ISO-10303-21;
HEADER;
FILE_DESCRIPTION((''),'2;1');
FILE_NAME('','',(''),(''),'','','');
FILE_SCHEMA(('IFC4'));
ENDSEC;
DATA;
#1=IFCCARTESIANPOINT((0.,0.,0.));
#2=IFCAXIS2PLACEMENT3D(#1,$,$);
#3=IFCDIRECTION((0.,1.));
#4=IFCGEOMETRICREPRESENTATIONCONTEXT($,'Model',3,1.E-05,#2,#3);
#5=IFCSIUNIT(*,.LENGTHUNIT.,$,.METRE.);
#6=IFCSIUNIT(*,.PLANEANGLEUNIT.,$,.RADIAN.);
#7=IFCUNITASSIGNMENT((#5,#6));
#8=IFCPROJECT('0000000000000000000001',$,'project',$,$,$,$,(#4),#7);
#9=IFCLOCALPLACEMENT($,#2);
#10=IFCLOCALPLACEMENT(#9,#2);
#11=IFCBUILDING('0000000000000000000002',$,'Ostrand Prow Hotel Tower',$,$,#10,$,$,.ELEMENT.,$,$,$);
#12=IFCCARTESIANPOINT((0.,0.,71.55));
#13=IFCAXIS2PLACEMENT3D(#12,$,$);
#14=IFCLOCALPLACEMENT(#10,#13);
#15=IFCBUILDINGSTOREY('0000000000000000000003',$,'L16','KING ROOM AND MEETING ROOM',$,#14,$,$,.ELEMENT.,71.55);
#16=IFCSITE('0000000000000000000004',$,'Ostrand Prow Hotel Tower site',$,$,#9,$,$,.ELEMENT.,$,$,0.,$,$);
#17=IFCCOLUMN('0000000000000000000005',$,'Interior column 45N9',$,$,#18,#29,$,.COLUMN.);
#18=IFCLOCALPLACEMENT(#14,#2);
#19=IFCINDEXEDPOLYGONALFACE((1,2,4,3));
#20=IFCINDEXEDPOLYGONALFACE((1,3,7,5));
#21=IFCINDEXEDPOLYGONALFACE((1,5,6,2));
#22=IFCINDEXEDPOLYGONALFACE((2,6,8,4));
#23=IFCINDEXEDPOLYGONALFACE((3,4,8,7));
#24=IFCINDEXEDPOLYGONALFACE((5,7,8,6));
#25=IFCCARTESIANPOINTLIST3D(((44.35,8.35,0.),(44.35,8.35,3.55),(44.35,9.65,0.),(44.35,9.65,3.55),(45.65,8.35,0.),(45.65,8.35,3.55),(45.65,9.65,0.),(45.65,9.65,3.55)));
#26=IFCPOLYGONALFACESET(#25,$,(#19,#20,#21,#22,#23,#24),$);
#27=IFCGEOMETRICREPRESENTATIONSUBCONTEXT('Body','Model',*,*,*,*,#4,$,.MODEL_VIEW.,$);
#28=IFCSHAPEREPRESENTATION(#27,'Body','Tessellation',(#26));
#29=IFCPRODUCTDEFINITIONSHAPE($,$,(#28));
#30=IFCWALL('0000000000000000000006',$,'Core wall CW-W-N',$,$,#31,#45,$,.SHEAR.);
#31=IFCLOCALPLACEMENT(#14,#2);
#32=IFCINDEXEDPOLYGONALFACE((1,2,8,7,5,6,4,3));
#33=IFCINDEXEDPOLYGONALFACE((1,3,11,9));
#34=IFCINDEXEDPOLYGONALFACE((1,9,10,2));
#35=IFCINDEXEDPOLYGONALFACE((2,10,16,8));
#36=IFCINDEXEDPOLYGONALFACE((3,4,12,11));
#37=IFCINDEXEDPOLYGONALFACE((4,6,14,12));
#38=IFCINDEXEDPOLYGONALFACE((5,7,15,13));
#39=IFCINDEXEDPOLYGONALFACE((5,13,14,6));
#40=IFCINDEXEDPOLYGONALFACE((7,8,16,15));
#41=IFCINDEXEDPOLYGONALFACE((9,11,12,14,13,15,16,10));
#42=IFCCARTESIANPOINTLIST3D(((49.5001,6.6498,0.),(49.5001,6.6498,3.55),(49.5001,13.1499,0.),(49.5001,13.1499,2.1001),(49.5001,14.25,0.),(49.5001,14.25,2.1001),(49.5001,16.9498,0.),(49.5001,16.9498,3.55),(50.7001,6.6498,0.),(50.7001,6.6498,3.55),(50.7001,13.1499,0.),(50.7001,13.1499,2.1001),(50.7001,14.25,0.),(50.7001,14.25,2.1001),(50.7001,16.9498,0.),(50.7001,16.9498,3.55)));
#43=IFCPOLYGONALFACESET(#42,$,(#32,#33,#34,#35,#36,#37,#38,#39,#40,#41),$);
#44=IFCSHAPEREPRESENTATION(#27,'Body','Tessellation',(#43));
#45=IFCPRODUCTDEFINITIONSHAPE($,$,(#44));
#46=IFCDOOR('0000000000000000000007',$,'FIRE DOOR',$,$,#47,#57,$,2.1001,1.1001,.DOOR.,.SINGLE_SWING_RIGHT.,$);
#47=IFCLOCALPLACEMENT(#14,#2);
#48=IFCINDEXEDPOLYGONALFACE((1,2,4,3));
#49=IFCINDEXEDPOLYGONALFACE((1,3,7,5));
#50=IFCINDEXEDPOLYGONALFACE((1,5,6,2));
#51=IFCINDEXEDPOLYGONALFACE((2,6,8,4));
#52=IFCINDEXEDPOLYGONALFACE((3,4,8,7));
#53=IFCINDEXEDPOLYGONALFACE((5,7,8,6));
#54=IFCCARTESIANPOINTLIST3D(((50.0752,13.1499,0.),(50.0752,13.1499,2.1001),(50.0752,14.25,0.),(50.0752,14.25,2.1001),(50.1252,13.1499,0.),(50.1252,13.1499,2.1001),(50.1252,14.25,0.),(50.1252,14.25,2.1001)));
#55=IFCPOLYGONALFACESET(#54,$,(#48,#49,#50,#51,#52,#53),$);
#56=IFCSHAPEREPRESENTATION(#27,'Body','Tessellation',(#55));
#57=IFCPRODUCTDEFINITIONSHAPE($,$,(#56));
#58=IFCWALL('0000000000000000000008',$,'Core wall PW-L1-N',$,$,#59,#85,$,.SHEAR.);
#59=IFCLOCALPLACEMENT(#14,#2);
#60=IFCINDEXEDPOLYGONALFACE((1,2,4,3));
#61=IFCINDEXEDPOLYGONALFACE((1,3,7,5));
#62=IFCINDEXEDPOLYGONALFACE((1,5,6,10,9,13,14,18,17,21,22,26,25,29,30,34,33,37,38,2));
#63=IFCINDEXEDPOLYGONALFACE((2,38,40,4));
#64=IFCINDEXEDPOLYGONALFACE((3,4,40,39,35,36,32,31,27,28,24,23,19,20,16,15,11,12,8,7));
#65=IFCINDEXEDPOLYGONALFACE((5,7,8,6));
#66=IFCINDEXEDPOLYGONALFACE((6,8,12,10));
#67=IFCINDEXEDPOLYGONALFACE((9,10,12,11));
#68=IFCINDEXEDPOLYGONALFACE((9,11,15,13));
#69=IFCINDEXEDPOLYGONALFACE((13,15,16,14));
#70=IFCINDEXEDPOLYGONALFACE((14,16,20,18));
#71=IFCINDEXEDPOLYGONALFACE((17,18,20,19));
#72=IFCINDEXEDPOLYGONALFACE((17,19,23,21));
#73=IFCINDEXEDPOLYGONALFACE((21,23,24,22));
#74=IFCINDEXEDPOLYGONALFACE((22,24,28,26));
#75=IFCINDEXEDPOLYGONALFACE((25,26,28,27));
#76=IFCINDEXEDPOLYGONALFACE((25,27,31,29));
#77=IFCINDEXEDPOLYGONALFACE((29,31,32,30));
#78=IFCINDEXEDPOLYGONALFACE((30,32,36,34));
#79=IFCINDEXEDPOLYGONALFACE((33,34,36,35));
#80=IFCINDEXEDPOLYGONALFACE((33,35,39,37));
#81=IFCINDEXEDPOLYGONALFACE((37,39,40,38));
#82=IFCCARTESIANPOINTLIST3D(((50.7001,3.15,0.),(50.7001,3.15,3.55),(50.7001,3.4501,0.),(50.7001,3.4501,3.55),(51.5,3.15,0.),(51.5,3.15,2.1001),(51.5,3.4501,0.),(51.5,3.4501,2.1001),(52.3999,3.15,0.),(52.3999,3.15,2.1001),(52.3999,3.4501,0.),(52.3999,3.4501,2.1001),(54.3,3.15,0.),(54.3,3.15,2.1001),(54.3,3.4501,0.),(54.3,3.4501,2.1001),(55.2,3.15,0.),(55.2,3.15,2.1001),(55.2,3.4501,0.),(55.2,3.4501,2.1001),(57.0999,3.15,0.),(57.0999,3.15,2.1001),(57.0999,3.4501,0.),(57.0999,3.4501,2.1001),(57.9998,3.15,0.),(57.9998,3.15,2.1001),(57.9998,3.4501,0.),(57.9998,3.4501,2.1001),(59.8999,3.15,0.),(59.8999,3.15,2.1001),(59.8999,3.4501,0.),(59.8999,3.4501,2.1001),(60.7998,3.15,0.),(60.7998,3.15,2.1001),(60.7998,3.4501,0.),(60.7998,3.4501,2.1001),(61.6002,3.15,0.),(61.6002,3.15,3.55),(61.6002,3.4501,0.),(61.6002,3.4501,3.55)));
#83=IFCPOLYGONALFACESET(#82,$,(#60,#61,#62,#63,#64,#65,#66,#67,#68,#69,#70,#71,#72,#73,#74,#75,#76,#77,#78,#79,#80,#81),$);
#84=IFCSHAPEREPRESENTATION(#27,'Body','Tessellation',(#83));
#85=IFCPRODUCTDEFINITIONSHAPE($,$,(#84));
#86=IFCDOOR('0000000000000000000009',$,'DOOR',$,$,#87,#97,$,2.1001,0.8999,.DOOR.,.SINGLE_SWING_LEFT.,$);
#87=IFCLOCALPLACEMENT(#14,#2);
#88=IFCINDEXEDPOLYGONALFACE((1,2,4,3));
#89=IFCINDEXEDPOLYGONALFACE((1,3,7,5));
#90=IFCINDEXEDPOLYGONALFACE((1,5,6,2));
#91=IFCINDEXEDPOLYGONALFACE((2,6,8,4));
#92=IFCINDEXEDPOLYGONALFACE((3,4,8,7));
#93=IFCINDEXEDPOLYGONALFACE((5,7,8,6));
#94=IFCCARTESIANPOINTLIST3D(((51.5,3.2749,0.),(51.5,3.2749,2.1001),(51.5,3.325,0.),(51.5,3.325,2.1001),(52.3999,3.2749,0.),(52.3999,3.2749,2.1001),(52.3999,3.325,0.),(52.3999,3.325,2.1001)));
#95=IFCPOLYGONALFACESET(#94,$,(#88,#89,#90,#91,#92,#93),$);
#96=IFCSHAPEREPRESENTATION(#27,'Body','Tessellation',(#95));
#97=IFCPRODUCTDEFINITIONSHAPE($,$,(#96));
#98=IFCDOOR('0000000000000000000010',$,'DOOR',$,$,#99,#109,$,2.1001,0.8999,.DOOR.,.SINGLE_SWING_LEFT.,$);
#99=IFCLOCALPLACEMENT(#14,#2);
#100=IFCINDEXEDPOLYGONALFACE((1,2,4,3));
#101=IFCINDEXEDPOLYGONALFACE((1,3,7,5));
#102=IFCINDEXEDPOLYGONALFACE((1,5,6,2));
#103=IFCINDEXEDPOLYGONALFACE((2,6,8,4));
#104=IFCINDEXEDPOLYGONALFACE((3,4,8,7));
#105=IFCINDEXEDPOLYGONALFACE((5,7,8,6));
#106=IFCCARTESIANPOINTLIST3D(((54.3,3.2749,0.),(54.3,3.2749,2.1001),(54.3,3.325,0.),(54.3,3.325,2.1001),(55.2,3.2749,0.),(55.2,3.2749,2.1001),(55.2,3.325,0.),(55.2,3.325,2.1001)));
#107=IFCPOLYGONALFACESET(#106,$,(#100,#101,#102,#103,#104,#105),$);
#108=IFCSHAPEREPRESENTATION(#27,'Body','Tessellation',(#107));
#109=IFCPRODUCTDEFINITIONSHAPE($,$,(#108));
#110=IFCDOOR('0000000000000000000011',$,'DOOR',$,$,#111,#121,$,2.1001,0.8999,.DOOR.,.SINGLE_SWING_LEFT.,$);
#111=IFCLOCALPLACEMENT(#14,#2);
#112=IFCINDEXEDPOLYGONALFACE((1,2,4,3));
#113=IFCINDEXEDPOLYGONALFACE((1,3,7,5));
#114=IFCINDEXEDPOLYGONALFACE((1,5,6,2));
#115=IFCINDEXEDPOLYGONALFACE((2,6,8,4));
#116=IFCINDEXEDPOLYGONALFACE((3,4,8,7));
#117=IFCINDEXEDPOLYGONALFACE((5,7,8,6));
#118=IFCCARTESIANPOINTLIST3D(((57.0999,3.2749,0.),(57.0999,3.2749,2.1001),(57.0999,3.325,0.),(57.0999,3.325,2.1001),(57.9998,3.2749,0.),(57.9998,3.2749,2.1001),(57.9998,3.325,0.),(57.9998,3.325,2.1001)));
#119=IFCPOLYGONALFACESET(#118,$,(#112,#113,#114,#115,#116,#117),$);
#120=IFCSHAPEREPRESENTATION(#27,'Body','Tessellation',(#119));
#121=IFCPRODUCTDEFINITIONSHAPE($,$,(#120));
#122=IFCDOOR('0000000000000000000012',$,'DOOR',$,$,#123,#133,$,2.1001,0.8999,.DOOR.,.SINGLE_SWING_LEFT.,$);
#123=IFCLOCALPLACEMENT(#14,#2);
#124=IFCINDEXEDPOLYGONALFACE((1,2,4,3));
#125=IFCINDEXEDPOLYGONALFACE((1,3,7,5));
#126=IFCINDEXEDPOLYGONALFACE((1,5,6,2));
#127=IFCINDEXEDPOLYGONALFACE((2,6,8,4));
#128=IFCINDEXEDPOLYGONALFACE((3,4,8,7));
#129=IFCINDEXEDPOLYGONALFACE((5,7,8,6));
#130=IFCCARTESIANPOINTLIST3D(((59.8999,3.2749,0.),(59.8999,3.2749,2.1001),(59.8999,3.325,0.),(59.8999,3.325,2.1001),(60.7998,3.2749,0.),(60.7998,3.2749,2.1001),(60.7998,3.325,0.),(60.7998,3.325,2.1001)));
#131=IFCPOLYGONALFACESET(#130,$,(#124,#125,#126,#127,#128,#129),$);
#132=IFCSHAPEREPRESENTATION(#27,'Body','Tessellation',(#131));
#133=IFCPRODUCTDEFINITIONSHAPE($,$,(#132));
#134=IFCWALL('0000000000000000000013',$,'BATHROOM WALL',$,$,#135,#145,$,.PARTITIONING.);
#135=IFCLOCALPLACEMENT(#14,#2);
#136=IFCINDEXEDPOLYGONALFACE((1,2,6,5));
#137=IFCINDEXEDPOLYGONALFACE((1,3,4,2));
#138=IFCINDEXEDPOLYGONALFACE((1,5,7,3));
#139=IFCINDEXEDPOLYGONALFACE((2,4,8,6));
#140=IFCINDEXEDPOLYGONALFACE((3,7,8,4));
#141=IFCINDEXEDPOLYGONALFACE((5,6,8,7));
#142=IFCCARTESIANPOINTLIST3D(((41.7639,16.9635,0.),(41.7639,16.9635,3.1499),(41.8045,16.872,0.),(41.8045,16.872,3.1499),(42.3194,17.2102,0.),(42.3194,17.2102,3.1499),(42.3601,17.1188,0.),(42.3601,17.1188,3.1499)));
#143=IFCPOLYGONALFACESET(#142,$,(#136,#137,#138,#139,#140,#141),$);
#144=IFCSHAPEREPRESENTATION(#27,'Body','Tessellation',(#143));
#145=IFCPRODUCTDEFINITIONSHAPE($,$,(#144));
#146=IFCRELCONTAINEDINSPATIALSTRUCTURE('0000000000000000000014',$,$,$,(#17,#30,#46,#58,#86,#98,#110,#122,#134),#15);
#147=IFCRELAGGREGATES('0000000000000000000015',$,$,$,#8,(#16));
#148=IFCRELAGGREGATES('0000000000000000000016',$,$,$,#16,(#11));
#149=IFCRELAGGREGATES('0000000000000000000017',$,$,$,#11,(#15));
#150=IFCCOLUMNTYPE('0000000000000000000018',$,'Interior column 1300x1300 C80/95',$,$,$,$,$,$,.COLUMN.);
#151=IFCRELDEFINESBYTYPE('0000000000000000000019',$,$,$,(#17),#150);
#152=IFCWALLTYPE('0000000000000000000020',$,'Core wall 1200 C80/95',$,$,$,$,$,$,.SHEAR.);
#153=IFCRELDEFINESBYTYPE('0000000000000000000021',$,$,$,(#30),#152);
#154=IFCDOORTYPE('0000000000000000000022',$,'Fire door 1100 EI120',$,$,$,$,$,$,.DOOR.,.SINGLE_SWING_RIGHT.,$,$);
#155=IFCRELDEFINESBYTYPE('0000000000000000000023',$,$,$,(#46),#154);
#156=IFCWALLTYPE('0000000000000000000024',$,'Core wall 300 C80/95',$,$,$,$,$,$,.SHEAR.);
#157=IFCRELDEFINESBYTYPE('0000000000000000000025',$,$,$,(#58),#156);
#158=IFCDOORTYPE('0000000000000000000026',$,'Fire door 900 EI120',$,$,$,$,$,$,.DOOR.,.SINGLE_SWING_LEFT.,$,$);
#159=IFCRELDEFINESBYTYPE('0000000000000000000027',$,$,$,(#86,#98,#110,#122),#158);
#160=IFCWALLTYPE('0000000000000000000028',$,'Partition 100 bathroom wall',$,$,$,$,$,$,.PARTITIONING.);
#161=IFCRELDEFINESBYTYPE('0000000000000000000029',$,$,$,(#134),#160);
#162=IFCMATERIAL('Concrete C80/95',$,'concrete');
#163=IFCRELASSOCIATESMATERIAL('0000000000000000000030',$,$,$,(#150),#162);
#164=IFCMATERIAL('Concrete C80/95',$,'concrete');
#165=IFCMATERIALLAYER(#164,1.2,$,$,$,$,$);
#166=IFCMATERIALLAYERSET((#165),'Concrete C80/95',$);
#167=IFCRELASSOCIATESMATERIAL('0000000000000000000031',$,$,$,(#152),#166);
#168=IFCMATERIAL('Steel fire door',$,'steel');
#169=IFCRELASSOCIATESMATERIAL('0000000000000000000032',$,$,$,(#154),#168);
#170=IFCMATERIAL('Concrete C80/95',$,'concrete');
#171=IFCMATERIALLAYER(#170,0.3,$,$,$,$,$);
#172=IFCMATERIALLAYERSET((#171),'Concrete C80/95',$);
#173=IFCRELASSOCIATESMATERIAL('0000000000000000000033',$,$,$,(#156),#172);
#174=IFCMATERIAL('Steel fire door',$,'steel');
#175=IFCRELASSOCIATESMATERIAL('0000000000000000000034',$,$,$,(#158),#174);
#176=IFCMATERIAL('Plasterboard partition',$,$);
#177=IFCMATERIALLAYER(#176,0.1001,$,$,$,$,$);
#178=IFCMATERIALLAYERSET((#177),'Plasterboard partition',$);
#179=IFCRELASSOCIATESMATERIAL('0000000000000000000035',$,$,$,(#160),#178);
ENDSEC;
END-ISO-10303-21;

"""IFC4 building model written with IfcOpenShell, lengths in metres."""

from ifc_helpers import new_model, si_unit, direction, frame, frame_2d, origin, origin_2d, place, context, subcontext, project, spatial, rectangle, extrude, material, layer, layer_set, material_profile, profile_set, type_object, element, fill, save


model = new_model("IFC4")

# Units and contexts
model_context = context("Model", 3, precision=1e-05, world=origin(), true_north=direction((0.0, 1.0)))
body_context = subcontext(model_context, "Body", "Model", "MODEL_VIEW")
ifc_project = project(units=[si_unit("LENGTHUNIT", "METRE"), si_unit("PLANEANGLEUNIT", "RADIAN")], contexts=[model_context])

# Site, building, storey
site_placement = place(None, origin())
site = spatial("IfcSite", under=ifc_project, at=site_placement, Name="Ostrand Prow Hotel Tower site", CompositionType="ELEMENT", RefElevation=0.0)
building_placement = place(site_placement, origin())
building = spatial("IfcBuilding", under=site, at=building_placement, Name="Ostrand Prow Hotel Tower", CompositionType="ELEMENT")
storey_placement = place(building_placement, frame((0.0, 0.0, 71.55)))
storey = spatial("IfcBuildingStorey", under=building, at=storey_placement, Name="L16", Description="KING ROOM AND MEETING ROOM", CompositionType="ELEMENT", Elevation=71.55)

# Column
ifc_material_1 = material(Name="Concrete C80/95", Category="concrete")
ifc_material_profile = material_profile(ifc_material_1, rectangle(XDim=1.3, YDim=1.3, at=origin_2d()), Name="RC 1300x1300")
ifc_profile_set = profile_set([ifc_material_profile], Name="Concrete C80/95")
column_type = type_object("IfcColumnType", Name="Interior column 1300x1300 C80/95", PredefinedType="COLUMN", material=ifc_profile_set)
column_placement = place(storey_placement, frame((45.0, 9.0, 0.0), z_axis=(0.0, 0.0, 1.0), x_axis=(1.0, 0.0, 0.0)))
element("IfcColumn", 1, at=column_placement, inside=storey, type_object=column_type, Name="Interior column 45N9", PredefinedType="COLUMN", context=body_context, shape_type="SweptSolid", body=[
    extrude(rectangle(XDim=1.3, YDim=1.3, at=origin_2d()), origin(), (0.0, 0.0, 1.0), 3.55),
])

# Wall, opening, door
ifc_material_2 = material(Name="Concrete C80/95", Category="concrete")
ifc_layer_1 = layer(ifc_material_2, 1.2)
ifc_layer_set_1 = layer_set([ifc_layer_1], Name="Concrete C80/95")
wall_type_1 = type_object("IfcWallType", Name="Core wall 1200 C80/95", PredefinedType="SHEAR", material=ifc_layer_set_1)
wall_1_placement = place(storey_placement, frame((50.1001, 6.6499, 0.0), z_axis=(0.0, 0.0, 1.0), x_axis=(0.0, 1.0, 0.0)))
wall_1 = element("IfcWall", 2, at=wall_1_placement, inside=storey, type_object=wall_type_1, Name="Core wall CW-W-N", PredefinedType="SHEAR", context=body_context, shape_type="SweptSolid", body=[
    extrude(rectangle(XDim=10.3, YDim=1.2, at=frame_2d((5.1499, 0.0))), origin(), (0.0, 0.0, 1.0), 3.55),
])
opening_1_placement = place(wall_1_placement, frame((6.5, 0.0, 0.0)))
opening_1 = element("IfcOpeningElement", 3, at=opening_1_placement, cuts=wall_1, PredefinedType="OPENING", context=body_context, shape_type="SweptSolid", body=[
    extrude(rectangle(XDim=1.1001, YDim=2.1001, at=frame_2d((0.55, 1.05))), frame((0.0, 0.6099, 0.0), z_axis=(0.0, -1.0, 0.0), x_axis=(1.0, 0.0, 0.0)), (0.0, 0.0, 1.0), 1.22),
])
ifc_material_3 = material(Name="Steel fire door", Category="steel")
door_type_1 = type_object("IfcDoorType", Name="Fire door 1100 EI120", OperationType="SINGLE_SWING_RIGHT", PredefinedType="DOOR", material=ifc_material_3)
door_1_placement = place(opening_1_placement, origin())
door_1 = element("IfcDoor", 4, at=door_1_placement, inside=storey, type_object=door_type_1, Name="FIRE DOOR", OperationType="SINGLE_SWING_RIGHT", OverallHeight=2.1001, OverallWidth=1.1001, PredefinedType="DOOR", context=body_context, shape_type="SweptSolid", body=[
    extrude(rectangle(XDim=1.1001, YDim=2.1001, at=frame_2d((0.55, 1.05))), frame((0.0, 0.0249, 0.0), z_axis=(0.0, -1.0, 0.0), x_axis=(1.0, 0.0, 0.0)), (0.0, 0.0, 1.0), 0.05),
])
fill(opening_1, door_1)

# Wall, openings, doors
ifc_material_4 = material(Name="Concrete C80/95", Category="concrete")
ifc_layer_2 = layer(ifc_material_4, 0.3)
ifc_layer_set_2 = layer_set([ifc_layer_2], Name="Concrete C80/95")
wall_type_2 = type_object("IfcWallType", Name="Core wall 300 C80/95", PredefinedType="SHEAR", material=ifc_layer_set_2)
wall_2_placement = place(storey_placement, frame((50.7, 3.3, 0.0), z_axis=(0.0, 0.0, 1.0), x_axis=(1.0, 0.0, 0.0)))
wall_2 = element("IfcWall", 5, at=wall_2_placement, inside=storey, type_object=wall_type_2, Name="Core wall PW-L1-N", PredefinedType="SHEAR", context=body_context, shape_type="SweptSolid", body=[
    extrude(rectangle(XDim=10.9001, YDim=0.3, at=frame_2d((5.4502, 0.0))), origin(), (0.0, 0.0, 1.0), 3.55),
])
opening_2_placement = place(wall_2_placement, frame((0.8, 0.0, 0.0)))
opening_2 = element("IfcOpeningElement", 6, at=opening_2_placement, cuts=wall_2, PredefinedType="OPENING", context=body_context, shape_type="SweptSolid", body=[
    extrude(rectangle(XDim=0.8999, YDim=2.1001, at=frame_2d((0.45, 1.05))), frame((0.0, 0.1599, 0.0), z_axis=(0.0, -1.0, 0.0), x_axis=(1.0, 0.0, 0.0)), (0.0, 0.0, 1.0), 0.3201),
])
opening_3_placement = place(wall_2_placement, frame((3.6001, 0.0, 0.0)))
opening_3 = element("IfcOpeningElement", 7, at=opening_3_placement, cuts=wall_2, PredefinedType="OPENING", context=body_context, shape_type="SweptSolid", body=[
    extrude(rectangle(XDim=0.8999, YDim=2.1001, at=frame_2d((0.45, 1.05))), frame((0.0, 0.1599, 0.0), z_axis=(0.0, -1.0, 0.0), x_axis=(1.0, 0.0, 0.0)), (0.0, 0.0, 1.0), 0.3201),
])
opening_4_placement = place(wall_2_placement, frame((6.3999, 0.0, 0.0)))
opening_4 = element("IfcOpeningElement", 8, at=opening_4_placement, cuts=wall_2, PredefinedType="OPENING", context=body_context, shape_type="SweptSolid", body=[
    extrude(rectangle(XDim=0.8999, YDim=2.1001, at=frame_2d((0.45, 1.05))), frame((0.0, 0.1599, 0.0), z_axis=(0.0, -1.0, 0.0), x_axis=(1.0, 0.0, 0.0)), (0.0, 0.0, 1.0), 0.3201),
])
opening_5_placement = place(wall_2_placement, frame((9.2, 0.0, 0.0)))
opening_5 = element("IfcOpeningElement", 9, at=opening_5_placement, cuts=wall_2, PredefinedType="OPENING", context=body_context, shape_type="SweptSolid", body=[
    extrude(rectangle(XDim=0.8999, YDim=2.1001, at=frame_2d((0.45, 1.05))), frame((0.0, 0.1599, 0.0), z_axis=(0.0, -1.0, 0.0), x_axis=(1.0, 0.0, 0.0)), (0.0, 0.0, 1.0), 0.3201),
])
ifc_material_5 = material(Name="Steel fire door", Category="steel")
door_type_2 = type_object("IfcDoorType", Name="Fire door 900 EI120", OperationType="SINGLE_SWING_LEFT", PredefinedType="DOOR", material=ifc_material_5)
door_2_placement = place(opening_2_placement, origin())
door_2 = element("IfcDoor", 10, at=door_2_placement, inside=storey, type_object=door_type_2, Name="DOOR", OperationType="SINGLE_SWING_LEFT", OverallHeight=2.1001, OverallWidth=0.8999, PredefinedType="DOOR", context=body_context, shape_type="SweptSolid", body=[
    extrude(rectangle(XDim=0.8999, YDim=2.1001, at=frame_2d((0.45, 1.05))), frame((0.0, 0.0249, 0.0), z_axis=(0.0, -1.0, 0.0), x_axis=(1.0, 0.0, 0.0)), (0.0, 0.0, 1.0), 0.05),
])
fill(opening_2, door_2)
door_3_placement = place(opening_3_placement, origin())
door_3 = element("IfcDoor", 11, at=door_3_placement, inside=storey, type_object=door_type_2, Name="DOOR", OperationType="SINGLE_SWING_LEFT", OverallHeight=2.1001, OverallWidth=0.8999, PredefinedType="DOOR", context=body_context, shape_type="SweptSolid", body=[
    extrude(rectangle(XDim=0.8999, YDim=2.1001, at=frame_2d((0.45, 1.05))), frame((0.0, 0.0249, 0.0), z_axis=(0.0, -1.0, 0.0), x_axis=(1.0, 0.0, 0.0)), (0.0, 0.0, 1.0), 0.05),
])
fill(opening_3, door_3)
door_4_placement = place(opening_4_placement, origin())
door_4 = element("IfcDoor", 12, at=door_4_placement, inside=storey, type_object=door_type_2, Name="DOOR", OperationType="SINGLE_SWING_LEFT", OverallHeight=2.1001, OverallWidth=0.8999, PredefinedType="DOOR", context=body_context, shape_type="SweptSolid", body=[
    extrude(rectangle(XDim=0.8999, YDim=2.1001, at=frame_2d((0.45, 1.05))), frame((0.0, 0.0249, 0.0), z_axis=(0.0, -1.0, 0.0), x_axis=(1.0, 0.0, 0.0)), (0.0, 0.0, 1.0), 0.05),
])
fill(opening_4, door_4)
door_5_placement = place(opening_5_placement, origin())
door_5 = element("IfcDoor", 13, at=door_5_placement, inside=storey, type_object=door_type_2, Name="DOOR", OperationType="SINGLE_SWING_LEFT", OverallHeight=2.1001, OverallWidth=0.8999, PredefinedType="DOOR", context=body_context, shape_type="SweptSolid", body=[
    extrude(rectangle(XDim=0.8999, YDim=2.1001, at=frame_2d((0.45, 1.05))), frame((0.0, 0.0249, 0.0), z_axis=(0.0, -1.0, 0.0), x_axis=(1.0, 0.0, 0.0)), (0.0, 0.0, 1.0), 0.05),
])
fill(opening_5, door_5)

# Wall
ifc_material_6 = material(Name="Plasterboard partition")
ifc_layer_3 = layer(ifc_material_6, 0.1001)
ifc_layer_set_3 = layer_set([ifc_layer_3], Name="Plasterboard partition")
wall_type_3 = type_object("IfcWallType", Name="Partition 100 bathroom wall", PredefinedType="PARTITIONING", material=ifc_layer_set_3)
wall_3_placement = place(storey_placement, frame((41.7842, 16.9177, 0.0), z_axis=(0.0, 0.0, 1.0), x_axis=(0.913894, 0.405952, 0.0)))
element("IfcWall", 14, at=wall_3_placement, inside=storey, type_object=wall_type_3, Name="BATHROOM WALL", PredefinedType="PARTITIONING", context=body_context, shape_type="SweptSolid", body=[
    extrude(rectangle(XDim=0.6079, YDim=0.1001, at=frame_2d((0.304, 0.0))), origin(), (0.0, 0.0, 1.0), 3.1499),
])

save(model, "model.ifc")
